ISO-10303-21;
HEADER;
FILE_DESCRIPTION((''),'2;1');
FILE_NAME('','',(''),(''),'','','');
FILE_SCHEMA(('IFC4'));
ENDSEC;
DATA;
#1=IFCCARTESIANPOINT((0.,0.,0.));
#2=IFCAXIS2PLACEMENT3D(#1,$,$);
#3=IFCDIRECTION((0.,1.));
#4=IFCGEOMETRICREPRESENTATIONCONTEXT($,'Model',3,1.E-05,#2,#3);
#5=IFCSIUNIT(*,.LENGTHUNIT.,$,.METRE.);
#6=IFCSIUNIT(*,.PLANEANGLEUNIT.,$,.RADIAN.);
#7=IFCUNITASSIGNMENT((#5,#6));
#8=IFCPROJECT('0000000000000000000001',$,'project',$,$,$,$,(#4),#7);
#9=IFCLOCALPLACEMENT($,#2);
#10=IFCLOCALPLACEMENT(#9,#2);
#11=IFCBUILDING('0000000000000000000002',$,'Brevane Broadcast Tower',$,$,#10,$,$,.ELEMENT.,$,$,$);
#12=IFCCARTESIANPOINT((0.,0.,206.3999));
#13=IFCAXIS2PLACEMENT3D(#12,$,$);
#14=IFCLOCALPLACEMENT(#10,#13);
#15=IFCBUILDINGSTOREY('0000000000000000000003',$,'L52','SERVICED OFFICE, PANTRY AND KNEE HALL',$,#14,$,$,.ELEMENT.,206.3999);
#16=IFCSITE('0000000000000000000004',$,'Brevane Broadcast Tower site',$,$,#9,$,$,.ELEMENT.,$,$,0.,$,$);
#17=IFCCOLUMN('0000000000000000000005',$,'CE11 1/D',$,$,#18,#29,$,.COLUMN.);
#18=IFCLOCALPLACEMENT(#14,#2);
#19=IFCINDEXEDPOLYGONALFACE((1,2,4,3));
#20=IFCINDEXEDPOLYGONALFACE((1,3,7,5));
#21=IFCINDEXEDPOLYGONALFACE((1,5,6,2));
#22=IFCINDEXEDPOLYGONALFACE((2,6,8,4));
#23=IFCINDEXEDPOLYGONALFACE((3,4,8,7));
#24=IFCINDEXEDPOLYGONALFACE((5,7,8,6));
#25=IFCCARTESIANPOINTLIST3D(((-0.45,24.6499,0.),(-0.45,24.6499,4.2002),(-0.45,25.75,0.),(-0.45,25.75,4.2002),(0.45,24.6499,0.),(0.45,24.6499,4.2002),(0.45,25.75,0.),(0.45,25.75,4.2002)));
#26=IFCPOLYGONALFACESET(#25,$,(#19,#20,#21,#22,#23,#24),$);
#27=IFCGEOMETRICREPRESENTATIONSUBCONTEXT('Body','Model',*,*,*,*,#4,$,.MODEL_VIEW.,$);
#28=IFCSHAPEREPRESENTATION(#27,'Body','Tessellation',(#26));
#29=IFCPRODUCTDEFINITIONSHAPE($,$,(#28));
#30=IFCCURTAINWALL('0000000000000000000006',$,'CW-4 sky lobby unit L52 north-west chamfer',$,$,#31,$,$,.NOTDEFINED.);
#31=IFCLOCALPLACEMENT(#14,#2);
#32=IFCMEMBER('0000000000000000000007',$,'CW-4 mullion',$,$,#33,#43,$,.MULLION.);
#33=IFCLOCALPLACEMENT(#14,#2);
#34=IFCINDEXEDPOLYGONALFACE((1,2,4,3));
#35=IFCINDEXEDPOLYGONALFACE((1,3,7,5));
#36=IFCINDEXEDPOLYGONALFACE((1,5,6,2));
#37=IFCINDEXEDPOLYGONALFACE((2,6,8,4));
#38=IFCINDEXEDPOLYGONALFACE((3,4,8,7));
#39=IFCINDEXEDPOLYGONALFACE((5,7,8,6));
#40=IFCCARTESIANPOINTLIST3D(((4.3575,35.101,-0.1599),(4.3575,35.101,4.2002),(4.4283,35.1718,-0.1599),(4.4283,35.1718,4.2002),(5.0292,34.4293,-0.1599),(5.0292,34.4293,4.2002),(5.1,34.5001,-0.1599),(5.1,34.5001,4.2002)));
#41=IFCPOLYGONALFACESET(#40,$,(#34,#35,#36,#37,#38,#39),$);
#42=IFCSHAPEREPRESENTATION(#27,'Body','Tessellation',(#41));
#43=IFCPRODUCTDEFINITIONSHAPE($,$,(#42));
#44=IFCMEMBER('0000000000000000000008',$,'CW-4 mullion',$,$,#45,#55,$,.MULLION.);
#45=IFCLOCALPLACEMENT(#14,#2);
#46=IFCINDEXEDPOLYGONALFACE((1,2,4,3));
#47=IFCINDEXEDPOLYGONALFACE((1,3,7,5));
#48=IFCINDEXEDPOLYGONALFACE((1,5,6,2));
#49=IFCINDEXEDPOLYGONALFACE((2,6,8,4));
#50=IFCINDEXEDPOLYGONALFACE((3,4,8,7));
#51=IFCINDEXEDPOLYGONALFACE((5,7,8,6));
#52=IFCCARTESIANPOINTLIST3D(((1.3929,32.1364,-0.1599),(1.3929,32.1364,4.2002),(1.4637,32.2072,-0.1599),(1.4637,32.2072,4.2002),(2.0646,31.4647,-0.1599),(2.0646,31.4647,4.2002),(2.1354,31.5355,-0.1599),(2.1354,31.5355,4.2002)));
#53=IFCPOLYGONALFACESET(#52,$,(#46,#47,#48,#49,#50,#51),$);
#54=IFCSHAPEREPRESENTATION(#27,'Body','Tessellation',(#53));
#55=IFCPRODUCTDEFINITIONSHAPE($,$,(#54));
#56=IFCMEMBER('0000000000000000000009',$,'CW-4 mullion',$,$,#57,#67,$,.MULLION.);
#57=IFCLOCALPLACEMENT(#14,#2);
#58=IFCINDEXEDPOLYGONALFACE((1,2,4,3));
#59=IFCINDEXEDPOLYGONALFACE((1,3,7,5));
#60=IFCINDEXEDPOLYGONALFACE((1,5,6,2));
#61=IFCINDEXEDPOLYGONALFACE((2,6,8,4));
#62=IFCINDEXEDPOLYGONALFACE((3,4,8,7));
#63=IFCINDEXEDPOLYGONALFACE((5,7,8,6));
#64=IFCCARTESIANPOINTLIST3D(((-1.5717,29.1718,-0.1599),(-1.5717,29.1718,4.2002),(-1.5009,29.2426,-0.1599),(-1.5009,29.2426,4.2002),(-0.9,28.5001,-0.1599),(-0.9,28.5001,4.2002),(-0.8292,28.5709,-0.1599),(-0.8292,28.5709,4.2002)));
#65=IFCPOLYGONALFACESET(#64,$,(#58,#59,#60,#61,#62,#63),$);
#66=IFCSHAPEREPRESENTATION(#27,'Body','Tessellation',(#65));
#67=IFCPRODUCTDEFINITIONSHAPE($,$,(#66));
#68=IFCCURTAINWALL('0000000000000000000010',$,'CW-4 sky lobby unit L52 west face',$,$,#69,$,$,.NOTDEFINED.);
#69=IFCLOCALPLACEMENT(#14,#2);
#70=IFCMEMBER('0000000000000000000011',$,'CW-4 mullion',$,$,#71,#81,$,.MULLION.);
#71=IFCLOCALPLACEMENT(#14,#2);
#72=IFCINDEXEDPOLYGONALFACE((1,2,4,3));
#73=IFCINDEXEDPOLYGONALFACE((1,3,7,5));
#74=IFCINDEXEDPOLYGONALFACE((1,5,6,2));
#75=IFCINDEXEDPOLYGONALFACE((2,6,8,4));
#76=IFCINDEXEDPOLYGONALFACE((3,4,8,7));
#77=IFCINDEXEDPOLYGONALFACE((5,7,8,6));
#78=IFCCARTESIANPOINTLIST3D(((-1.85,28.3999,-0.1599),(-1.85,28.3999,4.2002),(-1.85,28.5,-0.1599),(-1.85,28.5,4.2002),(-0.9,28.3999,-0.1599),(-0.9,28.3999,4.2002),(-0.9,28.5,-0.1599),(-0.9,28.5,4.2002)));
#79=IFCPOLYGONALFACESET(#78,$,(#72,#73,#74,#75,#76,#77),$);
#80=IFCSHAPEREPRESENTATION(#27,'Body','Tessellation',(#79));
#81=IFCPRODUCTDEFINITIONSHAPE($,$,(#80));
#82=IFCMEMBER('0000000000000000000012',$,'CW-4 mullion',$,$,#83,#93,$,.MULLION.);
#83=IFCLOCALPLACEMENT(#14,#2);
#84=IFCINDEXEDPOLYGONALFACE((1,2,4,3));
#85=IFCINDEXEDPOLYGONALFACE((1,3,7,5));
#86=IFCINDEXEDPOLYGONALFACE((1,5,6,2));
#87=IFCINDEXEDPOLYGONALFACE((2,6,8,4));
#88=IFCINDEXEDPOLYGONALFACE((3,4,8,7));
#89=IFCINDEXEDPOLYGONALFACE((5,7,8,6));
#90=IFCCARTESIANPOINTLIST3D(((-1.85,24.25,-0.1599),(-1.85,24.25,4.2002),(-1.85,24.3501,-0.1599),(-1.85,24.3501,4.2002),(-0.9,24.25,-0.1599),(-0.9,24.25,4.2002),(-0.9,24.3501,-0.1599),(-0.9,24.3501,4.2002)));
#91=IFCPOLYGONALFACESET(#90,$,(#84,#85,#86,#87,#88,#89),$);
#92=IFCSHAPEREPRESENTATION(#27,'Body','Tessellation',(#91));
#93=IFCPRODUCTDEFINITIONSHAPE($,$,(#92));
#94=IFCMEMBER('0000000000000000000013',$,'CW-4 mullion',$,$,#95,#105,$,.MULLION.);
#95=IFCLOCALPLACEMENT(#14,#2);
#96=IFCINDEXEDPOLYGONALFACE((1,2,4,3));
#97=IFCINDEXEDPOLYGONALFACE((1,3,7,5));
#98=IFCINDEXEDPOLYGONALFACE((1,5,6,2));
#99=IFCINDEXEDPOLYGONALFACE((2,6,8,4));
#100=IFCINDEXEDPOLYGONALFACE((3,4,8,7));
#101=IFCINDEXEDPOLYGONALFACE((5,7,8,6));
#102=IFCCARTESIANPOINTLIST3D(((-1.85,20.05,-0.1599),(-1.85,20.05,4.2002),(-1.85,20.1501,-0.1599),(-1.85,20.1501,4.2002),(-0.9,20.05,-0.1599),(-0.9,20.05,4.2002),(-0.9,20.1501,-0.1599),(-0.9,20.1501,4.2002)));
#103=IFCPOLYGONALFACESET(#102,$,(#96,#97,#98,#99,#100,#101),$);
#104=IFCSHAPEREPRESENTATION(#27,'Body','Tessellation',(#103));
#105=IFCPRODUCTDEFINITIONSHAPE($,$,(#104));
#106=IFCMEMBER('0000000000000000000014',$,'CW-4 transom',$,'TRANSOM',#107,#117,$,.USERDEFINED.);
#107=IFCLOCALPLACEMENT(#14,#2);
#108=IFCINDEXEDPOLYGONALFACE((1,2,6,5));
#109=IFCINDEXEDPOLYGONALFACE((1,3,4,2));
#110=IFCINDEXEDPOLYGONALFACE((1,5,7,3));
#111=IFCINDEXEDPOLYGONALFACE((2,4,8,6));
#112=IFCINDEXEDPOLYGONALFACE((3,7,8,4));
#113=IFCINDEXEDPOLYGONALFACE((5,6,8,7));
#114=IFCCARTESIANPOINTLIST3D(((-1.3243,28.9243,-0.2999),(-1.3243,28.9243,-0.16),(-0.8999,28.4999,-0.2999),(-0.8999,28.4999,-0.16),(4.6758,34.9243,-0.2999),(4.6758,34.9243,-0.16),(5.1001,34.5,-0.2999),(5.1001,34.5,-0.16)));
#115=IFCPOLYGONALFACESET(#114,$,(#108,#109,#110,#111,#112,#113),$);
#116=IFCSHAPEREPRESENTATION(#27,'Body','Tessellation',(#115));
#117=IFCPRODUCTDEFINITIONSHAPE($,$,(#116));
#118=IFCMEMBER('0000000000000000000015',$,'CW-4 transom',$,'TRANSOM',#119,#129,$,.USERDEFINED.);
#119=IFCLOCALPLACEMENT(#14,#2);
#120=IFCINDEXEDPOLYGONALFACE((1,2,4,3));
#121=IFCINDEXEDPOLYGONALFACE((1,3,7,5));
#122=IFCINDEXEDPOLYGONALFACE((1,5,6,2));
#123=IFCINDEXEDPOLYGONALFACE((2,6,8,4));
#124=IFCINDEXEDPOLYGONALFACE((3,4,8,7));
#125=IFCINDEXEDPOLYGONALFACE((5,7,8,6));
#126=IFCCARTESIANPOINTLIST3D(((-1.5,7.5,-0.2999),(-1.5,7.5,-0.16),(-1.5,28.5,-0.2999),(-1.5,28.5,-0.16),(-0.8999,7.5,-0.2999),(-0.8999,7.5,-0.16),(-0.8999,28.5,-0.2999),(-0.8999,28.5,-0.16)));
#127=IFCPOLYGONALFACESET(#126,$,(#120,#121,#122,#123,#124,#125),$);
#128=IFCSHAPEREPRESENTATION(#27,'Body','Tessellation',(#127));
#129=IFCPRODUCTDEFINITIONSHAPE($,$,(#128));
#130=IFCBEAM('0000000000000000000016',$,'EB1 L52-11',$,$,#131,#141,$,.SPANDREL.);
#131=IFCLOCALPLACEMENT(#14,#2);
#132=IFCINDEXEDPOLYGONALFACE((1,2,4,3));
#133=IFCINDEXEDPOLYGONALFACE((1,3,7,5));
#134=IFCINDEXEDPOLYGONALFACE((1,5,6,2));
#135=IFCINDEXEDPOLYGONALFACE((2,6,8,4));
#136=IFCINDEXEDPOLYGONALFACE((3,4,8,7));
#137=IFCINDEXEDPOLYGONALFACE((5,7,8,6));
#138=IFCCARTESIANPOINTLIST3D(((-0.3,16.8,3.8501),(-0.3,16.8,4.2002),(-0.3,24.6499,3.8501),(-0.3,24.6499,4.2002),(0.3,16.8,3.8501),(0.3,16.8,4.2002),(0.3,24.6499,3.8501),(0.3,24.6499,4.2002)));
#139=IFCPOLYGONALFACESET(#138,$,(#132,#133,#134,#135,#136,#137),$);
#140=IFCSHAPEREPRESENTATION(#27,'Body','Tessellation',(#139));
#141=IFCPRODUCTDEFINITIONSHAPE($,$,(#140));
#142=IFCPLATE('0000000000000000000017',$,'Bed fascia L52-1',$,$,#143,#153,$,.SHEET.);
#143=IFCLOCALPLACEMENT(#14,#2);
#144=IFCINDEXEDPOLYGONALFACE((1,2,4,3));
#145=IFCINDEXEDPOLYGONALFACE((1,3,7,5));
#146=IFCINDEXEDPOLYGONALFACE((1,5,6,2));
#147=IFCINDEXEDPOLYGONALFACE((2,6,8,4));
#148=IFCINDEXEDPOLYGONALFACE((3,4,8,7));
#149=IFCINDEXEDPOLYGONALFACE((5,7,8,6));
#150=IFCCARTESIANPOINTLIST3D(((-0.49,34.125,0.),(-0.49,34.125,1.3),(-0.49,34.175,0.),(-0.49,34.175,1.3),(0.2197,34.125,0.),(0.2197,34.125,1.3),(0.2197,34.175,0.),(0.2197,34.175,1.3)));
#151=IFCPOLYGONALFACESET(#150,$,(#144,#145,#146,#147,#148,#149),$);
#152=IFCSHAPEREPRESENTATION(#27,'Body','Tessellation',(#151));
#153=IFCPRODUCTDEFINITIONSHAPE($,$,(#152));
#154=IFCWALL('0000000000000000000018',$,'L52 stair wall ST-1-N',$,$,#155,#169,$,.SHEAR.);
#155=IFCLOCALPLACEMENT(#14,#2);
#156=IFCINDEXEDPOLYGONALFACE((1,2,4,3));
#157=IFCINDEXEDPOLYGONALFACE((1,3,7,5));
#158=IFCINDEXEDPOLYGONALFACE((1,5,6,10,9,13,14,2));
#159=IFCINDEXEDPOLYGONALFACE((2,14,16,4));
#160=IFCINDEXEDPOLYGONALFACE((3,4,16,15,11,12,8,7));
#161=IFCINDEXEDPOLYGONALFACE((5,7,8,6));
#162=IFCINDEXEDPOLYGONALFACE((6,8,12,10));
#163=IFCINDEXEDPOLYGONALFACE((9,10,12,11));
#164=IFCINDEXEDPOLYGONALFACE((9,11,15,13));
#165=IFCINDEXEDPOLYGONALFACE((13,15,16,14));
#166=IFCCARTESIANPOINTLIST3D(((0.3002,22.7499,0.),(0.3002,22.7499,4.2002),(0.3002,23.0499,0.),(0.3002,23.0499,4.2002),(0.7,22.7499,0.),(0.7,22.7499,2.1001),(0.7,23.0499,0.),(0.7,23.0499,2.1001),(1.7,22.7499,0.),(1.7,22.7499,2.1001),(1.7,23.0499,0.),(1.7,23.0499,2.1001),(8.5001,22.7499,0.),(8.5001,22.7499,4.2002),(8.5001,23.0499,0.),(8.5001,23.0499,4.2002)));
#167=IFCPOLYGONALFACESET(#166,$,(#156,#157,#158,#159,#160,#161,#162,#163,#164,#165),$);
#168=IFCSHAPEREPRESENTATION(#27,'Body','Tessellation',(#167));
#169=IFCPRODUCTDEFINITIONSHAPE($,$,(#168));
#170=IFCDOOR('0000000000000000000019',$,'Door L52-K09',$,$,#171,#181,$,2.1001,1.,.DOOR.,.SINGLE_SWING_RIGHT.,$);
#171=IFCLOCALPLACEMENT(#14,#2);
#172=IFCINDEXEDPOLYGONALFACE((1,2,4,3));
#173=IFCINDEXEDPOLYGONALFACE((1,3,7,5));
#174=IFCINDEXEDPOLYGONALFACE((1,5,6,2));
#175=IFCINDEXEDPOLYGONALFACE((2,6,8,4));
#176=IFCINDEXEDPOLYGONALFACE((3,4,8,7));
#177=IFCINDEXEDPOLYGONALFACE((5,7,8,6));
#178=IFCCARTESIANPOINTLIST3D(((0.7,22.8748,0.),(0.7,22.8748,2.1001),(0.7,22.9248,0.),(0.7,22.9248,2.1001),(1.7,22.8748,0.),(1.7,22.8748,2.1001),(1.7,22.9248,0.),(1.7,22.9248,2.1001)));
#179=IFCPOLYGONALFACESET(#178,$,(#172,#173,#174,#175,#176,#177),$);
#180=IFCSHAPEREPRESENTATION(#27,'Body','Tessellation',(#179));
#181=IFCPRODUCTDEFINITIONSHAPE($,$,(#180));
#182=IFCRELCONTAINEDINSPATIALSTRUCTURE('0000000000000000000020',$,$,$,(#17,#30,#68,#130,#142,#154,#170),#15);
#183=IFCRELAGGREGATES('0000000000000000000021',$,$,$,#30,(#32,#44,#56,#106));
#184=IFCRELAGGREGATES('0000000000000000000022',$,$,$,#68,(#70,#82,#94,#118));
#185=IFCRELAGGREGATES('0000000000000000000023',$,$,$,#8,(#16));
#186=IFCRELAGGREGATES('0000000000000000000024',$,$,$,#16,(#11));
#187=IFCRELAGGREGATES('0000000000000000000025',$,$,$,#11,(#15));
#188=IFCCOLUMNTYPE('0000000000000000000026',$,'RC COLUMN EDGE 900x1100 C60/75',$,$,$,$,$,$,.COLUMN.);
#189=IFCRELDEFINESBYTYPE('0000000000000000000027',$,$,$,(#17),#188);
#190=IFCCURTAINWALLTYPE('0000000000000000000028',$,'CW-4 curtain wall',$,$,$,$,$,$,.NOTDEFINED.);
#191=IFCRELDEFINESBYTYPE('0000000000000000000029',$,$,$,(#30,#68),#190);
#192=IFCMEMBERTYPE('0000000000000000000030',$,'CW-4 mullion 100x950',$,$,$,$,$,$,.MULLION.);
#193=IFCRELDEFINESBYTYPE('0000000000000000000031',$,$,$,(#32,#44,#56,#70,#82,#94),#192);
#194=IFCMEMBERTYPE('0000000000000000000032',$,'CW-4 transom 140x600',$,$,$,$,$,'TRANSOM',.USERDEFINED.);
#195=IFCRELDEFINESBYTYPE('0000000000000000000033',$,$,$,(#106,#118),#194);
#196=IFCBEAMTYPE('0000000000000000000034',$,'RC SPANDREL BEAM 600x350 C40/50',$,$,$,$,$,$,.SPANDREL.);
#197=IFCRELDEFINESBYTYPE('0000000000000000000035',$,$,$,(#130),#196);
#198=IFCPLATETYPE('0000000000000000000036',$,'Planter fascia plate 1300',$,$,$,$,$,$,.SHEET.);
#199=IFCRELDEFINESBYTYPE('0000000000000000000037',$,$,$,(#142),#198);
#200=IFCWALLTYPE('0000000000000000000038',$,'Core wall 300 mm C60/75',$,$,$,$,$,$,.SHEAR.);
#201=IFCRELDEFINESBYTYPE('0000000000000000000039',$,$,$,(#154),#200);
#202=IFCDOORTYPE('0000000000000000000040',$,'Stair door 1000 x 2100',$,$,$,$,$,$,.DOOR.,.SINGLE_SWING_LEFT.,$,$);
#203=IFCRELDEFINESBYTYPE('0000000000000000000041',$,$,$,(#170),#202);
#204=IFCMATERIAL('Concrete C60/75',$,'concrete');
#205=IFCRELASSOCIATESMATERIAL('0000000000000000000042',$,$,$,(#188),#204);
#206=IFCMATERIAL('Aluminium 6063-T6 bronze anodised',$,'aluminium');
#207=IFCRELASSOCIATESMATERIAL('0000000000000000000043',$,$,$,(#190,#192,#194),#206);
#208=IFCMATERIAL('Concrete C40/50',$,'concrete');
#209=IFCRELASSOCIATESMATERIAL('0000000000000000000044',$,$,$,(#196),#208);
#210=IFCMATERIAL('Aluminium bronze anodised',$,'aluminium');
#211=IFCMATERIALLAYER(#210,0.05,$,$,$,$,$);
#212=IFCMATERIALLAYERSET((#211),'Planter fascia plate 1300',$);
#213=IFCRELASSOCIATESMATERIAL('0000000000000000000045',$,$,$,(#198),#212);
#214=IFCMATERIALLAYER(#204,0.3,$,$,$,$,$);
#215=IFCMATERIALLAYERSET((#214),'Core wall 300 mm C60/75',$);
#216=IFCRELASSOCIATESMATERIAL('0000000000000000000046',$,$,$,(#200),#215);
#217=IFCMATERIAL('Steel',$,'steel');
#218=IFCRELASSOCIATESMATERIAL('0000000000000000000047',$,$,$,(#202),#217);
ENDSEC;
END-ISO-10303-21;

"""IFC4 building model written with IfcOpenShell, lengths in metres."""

from ifc_helpers import new_model, si_unit, direction, frame, frame_2d, origin, origin_2d, place, context, subcontext, project, spatial, polyline, rectangle, outline, extrude, material, layer, layer_set, material_profile, profile_set, type_object, element, fill, aggregate, save


model = new_model("IFC4")

# Units and contexts
model_context = context("Model", 3, precision=1e-05, world=origin(), true_north=direction((0.0, 1.0)))
body_context = subcontext(model_context, "Body", "Model", "MODEL_VIEW")
ifc_project = project(units=[si_unit("LENGTHUNIT", "METRE"), si_unit("PLANEANGLEUNIT", "RADIAN")], contexts=[model_context])

# Site, building, storey
site_placement = place(None, origin())
site = spatial("IfcSite", under=ifc_project, at=site_placement, Name="Brevane Broadcast Tower site", CompositionType="ELEMENT", RefElevation=0.0)
building_placement = place(site_placement, origin())
building = spatial("IfcBuilding", under=site, at=building_placement, Name="Brevane Broadcast Tower", CompositionType="ELEMENT")
storey_placement = place(building_placement, frame((0.0, 0.0, 206.3999)))
storey = spatial("IfcBuildingStorey", under=building, at=storey_placement, Name="L52", Description="SERVICED OFFICE, PANTRY AND KNEE HALL", CompositionType="ELEMENT", Elevation=206.3999)

# Column
ifc_material_1 = material(Name="Concrete C60/75", Category="concrete")
ifc_material_profile_1 = material_profile(ifc_material_1, rectangle(XDim=0.8999, YDim=1.1001, at=origin_2d()), Name="RC 900x1100")
ifc_profile_set_1 = profile_set([ifc_material_profile_1], Name="Concrete C60/75")
column_type = type_object("IfcColumnType", Name="RC COLUMN EDGE 900x1100 C60/75", PredefinedType="COLUMN", material=ifc_profile_set_1)
column_placement = place(storey_placement, frame((0.0, 25.2, 0.0), z_axis=(0.0, 0.0, 1.0), x_axis=(1.0, 0.0, 0.0)))
element("IfcColumn", 1, at=column_placement, inside=storey, type_object=column_type, Name="CE11 1/D", PredefinedType="COLUMN", context=body_context, shape_type="SweptSolid", body=[
    extrude(rectangle(XDim=0.8999, YDim=1.1001, at=origin_2d()), origin(), (0.0, 0.0, 1.0), 4.2002),
])

# Curtain walls, members
ifc_material_2 = material(Name="Aluminium 6063-T6 bronze anodised", Category="aluminium")
curtain_wall_type = type_object("IfcCurtainWallType", Name="CW-4 curtain wall", PredefinedType="NOTDEFINED", material=ifc_material_2)
curtain_wall_1_placement = place(storey_placement, origin())
curtain_wall_1 = element("IfcCurtainWall", 2, at=curtain_wall_1_placement, inside=storey, type_object=curtain_wall_type, Name="CW-4 sky lobby unit L52 north-west chamfer", PredefinedType="NOTDEFINED")
ifc_material_profile_2 = material_profile(ifc_material_2, rectangle(XDim=0.95, YDim=0.1001, at=origin_2d()), Name="RECT 100x950")
ifc_profile_set_2 = profile_set([ifc_material_profile_2], Name="Aluminium 6063-T6 bronze anodised")
member_type_1 = type_object("IfcMemberType", Name="CW-4 mullion 100x950", PredefinedType="MULLION", material=ifc_profile_set_2)
member_1_placement = place(storey_placement, frame((4.7288, 34.8005, -0.1599), z_axis=(0.0, 0.0, 1.0), x_axis=(0.707107, -0.707107, 0.0)))
member_1 = element("IfcMember", 3, at=member_1_placement, type_object=member_type_1, Name="CW-4 mullion", PredefinedType="MULLION", context=body_context, shape_type="SweptSolid", body=[
    extrude(rectangle(XDim=0.95, YDim=0.1001, at=origin_2d()), origin(), (0.0, 0.0, 1.0), 4.3601),
])
member_2_placement = place(storey_placement, frame((1.7642, 31.8359, -0.1599), z_axis=(0.0, 0.0, 1.0), x_axis=(0.707107, -0.707107, 0.0)))
member_2 = element("IfcMember", 4, at=member_2_placement, type_object=member_type_1, Name="CW-4 mullion", PredefinedType="MULLION", context=body_context, shape_type="SweptSolid", body=[
    extrude(rectangle(XDim=0.95, YDim=0.1001, at=origin_2d()), origin(), (0.0, 0.0, 1.0), 4.3601),
])
member_3_placement = place(storey_placement, frame((-1.2004, 28.8713, -0.1599), z_axis=(0.0, 0.0, 1.0), x_axis=(0.707107, -0.707107, 0.0)))
member_3 = element("IfcMember", 5, at=member_3_placement, type_object=member_type_1, Name="CW-4 mullion", PredefinedType="MULLION", context=body_context, shape_type="SweptSolid", body=[
    extrude(rectangle(XDim=0.95, YDim=0.1001, at=origin_2d()), origin(), (0.0, 0.0, 1.0), 4.3601),
])
curtain_wall_2_placement = place(storey_placement, origin())
curtain_wall_2 = element("IfcCurtainWall", 6, at=curtain_wall_2_placement, inside=storey, type_object=curtain_wall_type, Name="CW-4 sky lobby unit L52 west face", PredefinedType="NOTDEFINED")
member_4_placement = place(storey_placement, frame((-1.375, 28.45, -0.1599), z_axis=(0.0, 0.0, 1.0), x_axis=(1.0, 0.0, 0.0)))
member_4 = element("IfcMember", 7, at=member_4_placement, type_object=member_type_1, Name="CW-4 mullion", PredefinedType="MULLION", context=body_context, shape_type="SweptSolid", body=[
    extrude(rectangle(XDim=0.95, YDim=0.1001, at=origin_2d()), origin(), (0.0, 0.0, 1.0), 4.3601),
])
member_5_placement = place(storey_placement, frame((-1.375, 24.3, -0.1599), z_axis=(0.0, 0.0, 1.0), x_axis=(1.0, 0.0, 0.0)))
member_5 = element("IfcMember", 8, at=member_5_placement, type_object=member_type_1, Name="CW-4 mullion", PredefinedType="MULLION", context=body_context, shape_type="SweptSolid", body=[
    extrude(rectangle(XDim=0.95, YDim=0.1001, at=origin_2d()), origin(), (0.0, 0.0, 1.0), 4.3601),
])
member_6_placement = place(storey_placement, frame((-1.375, 20.1001, -0.1599), z_axis=(0.0, 0.0, 1.0), x_axis=(1.0, 0.0, 0.0)))
member_6 = element("IfcMember", 9, at=member_6_placement, type_object=member_type_1, Name="CW-4 mullion", PredefinedType="MULLION", context=body_context, shape_type="SweptSolid", body=[
    extrude(rectangle(XDim=0.95, YDim=0.1001, at=origin_2d()), origin(), (0.0, 0.0, 1.0), 4.3601),
])

# Members
ifc_material_profile_3 = material_profile(ifc_material_2, rectangle(XDim=0.6001, YDim=0.1399, at=origin_2d()), Name="RECT 140x600")
ifc_profile_set_3 = profile_set([ifc_material_profile_3], Name="Aluminium 6063-T6 bronze anodised")
member_type_2 = type_object("IfcMemberType", Name="CW-4 transom 140x600", ElementType="TRANSOM", PredefinedType="USERDEFINED", material=ifc_profile_set_3)
member_7_placement = place(storey_placement, frame((4.8879, 34.7122, -0.23), z_axis=(-0.707107, -0.707107, 0.0), x_axis=(0.707107, -0.707107, 0.0)))
member_7 = element("IfcMember", 10, at=member_7_placement, type_object=member_type_2, Name="CW-4 transom", ObjectType="TRANSOM", PredefinedType="USERDEFINED", context=body_context, shape_type="SweptSolid", body=[
    extrude(rectangle(XDim=0.6001, YDim=0.1399, at=origin_2d()), origin(), (0.0, 0.0, 1.0), 8.4854),
])
aggregate(curtain_wall_1, [member_1, member_2, member_3, member_7])
member_8_placement = place(storey_placement, frame((-1.2, 28.5, -0.23), z_axis=(0.0, -1.0, 0.0), x_axis=(1.0, 0.0, 0.0)))
member_8 = element("IfcMember", 11, at=member_8_placement, type_object=member_type_2, Name="CW-4 transom", ObjectType="TRANSOM", PredefinedType="USERDEFINED", context=body_context, shape_type="SweptSolid", body=[
    extrude(rectangle(XDim=0.6001, YDim=0.1399, at=origin_2d()), origin(), (0.0, 0.0, 1.0), 21.0),
])
aggregate(curtain_wall_2, [member_4, member_5, member_6, member_8])

# Beam
ifc_material_3 = material(Name="Concrete C40/50", Category="concrete")
ifc_material_profile_4 = material_profile(ifc_material_3, rectangle(XDim=0.6001, YDim=0.3501, at=origin_2d()), Name="RC 600x350")
ifc_profile_set_4 = profile_set([ifc_material_profile_4], Name="Concrete C40/50")
beam_type = type_object("IfcBeamType", Name="RC SPANDREL BEAM 600x350 C40/50", PredefinedType="SPANDREL", material=ifc_profile_set_4)
beam_placement = place(storey_placement, frame((0.0, 24.6499, 4.0251), z_axis=(0.0, -1.0, 0.0), x_axis=(1.0, 0.0, 0.0)))
element("IfcBeam", 12, at=beam_placement, inside=storey, type_object=beam_type, Name="EB1 L52-11", PredefinedType="SPANDREL", context=body_context, shape_type="SweptSolid", body=[
    extrude(rectangle(XDim=0.6001, YDim=0.3501, at=origin_2d()), origin(), (0.0, 0.0, 1.0), 7.8499),
])

# Plate
ifc_material_4 = material(Name="Aluminium bronze anodised", Category="aluminium")
ifc_layer_1 = layer(ifc_material_4, 0.05)
ifc_layer_set_1 = layer_set([ifc_layer_1], Name="Planter fascia plate 1300")
plate_type = type_object("IfcPlateType", Name="Planter fascia plate 1300", PredefinedType="SHEET", material=ifc_layer_set_1)
plate_placement = place(storey_placement, frame((0.2197, 34.175, 0.0), z_axis=(0.0, 1.0, 0.0), x_axis=(-1.0, 0.0, 0.0)))
element("IfcPlate", 13, at=plate_placement, inside=storey, type_object=plate_type, Name="Bed fascia L52-1", PredefinedType="SHEET", context=body_context, shape_type="SweptSolid", body=[
    extrude(outline(polyline([(0.0, 0.0), (0.7097, 0.0), (0.7097, 1.3), (0.0, 1.3), (0.0, 0.0)])), origin(), (0.0, 0.0, -1.0), 0.05),
])

# Wall, opening, door
ifc_layer_2 = layer(ifc_material_1, 0.3)
ifc_layer_set_2 = layer_set([ifc_layer_2], Name="Core wall 300 mm C60/75")
wall_type_1 = type_object("IfcWallType", Name="Core wall 300 mm C60/75", PredefinedType="SHEAR", material=ifc_layer_set_2)
wall_1_placement = place(storey_placement, frame((0.3, 22.8999, 0.0), z_axis=(0.0, 0.0, 1.0), x_axis=(1.0, 0.0, 0.0)))
wall_1 = element("IfcWall", 14, at=wall_1_placement, inside=storey, type_object=wall_type_1, Name="L52 stair wall ST-1-N", PredefinedType="SHEAR", context=body_context, shape_type="SweptSolid", body=[
    extrude(rectangle(XDim=8.2, YDim=0.3, at=frame_2d((4.1001, 0.0))), origin(), (0.0, 0.0, 1.0), 4.2002),
])
opening_1_placement = place(wall_1_placement, frame((0.3999, 0.0, 0.0)))
opening_1 = element("IfcOpeningElement", 15, at=opening_1_placement, cuts=wall_1, PredefinedType="OPENING", context=body_context, shape_type="SweptSolid", body=[
    extrude(rectangle(XDim=1.0, YDim=2.1001, at=frame_2d((0.5, 1.05))), frame((0.0, 0.1599, 0.0), z_axis=(0.0, -1.0, 0.0), x_axis=(1.0, 0.0, 0.0)), (0.0, 0.0, 1.0), 0.3201),
])
ifc_material_5 = material(Name="Steel", Category="steel")
door_type_1 = type_object("IfcDoorType", Name="Stair door 1000 x 2100", OperationType="SINGLE_SWING_LEFT", PredefinedType="DOOR", material=ifc_material_5)
door_1_placement = place(opening_1_placement, origin())
door_1 = element("IfcDoor", 16, at=door_1_placement, inside=storey, type_object=door_type_1, Name="Door L52-K09", OperationType="SINGLE_SWING_RIGHT", OverallHeight=2.1001, OverallWidth=1.0, PredefinedType="DOOR", context=body_context, shape_type="SweptSolid", body=[
    extrude(rectangle(XDim=1.0, YDim=2.1001, at=frame_2d((0.5, 1.05))), frame((0.0, 0.0249, 0.0), z_axis=(0.0, -1.0, 0.0), x_axis=(1.0, 0.0, 0.0)), (0.0, 0.0, 1.0), 0.05),
])
fill(opening_1, door_1)

save(model, "model.ifc")
